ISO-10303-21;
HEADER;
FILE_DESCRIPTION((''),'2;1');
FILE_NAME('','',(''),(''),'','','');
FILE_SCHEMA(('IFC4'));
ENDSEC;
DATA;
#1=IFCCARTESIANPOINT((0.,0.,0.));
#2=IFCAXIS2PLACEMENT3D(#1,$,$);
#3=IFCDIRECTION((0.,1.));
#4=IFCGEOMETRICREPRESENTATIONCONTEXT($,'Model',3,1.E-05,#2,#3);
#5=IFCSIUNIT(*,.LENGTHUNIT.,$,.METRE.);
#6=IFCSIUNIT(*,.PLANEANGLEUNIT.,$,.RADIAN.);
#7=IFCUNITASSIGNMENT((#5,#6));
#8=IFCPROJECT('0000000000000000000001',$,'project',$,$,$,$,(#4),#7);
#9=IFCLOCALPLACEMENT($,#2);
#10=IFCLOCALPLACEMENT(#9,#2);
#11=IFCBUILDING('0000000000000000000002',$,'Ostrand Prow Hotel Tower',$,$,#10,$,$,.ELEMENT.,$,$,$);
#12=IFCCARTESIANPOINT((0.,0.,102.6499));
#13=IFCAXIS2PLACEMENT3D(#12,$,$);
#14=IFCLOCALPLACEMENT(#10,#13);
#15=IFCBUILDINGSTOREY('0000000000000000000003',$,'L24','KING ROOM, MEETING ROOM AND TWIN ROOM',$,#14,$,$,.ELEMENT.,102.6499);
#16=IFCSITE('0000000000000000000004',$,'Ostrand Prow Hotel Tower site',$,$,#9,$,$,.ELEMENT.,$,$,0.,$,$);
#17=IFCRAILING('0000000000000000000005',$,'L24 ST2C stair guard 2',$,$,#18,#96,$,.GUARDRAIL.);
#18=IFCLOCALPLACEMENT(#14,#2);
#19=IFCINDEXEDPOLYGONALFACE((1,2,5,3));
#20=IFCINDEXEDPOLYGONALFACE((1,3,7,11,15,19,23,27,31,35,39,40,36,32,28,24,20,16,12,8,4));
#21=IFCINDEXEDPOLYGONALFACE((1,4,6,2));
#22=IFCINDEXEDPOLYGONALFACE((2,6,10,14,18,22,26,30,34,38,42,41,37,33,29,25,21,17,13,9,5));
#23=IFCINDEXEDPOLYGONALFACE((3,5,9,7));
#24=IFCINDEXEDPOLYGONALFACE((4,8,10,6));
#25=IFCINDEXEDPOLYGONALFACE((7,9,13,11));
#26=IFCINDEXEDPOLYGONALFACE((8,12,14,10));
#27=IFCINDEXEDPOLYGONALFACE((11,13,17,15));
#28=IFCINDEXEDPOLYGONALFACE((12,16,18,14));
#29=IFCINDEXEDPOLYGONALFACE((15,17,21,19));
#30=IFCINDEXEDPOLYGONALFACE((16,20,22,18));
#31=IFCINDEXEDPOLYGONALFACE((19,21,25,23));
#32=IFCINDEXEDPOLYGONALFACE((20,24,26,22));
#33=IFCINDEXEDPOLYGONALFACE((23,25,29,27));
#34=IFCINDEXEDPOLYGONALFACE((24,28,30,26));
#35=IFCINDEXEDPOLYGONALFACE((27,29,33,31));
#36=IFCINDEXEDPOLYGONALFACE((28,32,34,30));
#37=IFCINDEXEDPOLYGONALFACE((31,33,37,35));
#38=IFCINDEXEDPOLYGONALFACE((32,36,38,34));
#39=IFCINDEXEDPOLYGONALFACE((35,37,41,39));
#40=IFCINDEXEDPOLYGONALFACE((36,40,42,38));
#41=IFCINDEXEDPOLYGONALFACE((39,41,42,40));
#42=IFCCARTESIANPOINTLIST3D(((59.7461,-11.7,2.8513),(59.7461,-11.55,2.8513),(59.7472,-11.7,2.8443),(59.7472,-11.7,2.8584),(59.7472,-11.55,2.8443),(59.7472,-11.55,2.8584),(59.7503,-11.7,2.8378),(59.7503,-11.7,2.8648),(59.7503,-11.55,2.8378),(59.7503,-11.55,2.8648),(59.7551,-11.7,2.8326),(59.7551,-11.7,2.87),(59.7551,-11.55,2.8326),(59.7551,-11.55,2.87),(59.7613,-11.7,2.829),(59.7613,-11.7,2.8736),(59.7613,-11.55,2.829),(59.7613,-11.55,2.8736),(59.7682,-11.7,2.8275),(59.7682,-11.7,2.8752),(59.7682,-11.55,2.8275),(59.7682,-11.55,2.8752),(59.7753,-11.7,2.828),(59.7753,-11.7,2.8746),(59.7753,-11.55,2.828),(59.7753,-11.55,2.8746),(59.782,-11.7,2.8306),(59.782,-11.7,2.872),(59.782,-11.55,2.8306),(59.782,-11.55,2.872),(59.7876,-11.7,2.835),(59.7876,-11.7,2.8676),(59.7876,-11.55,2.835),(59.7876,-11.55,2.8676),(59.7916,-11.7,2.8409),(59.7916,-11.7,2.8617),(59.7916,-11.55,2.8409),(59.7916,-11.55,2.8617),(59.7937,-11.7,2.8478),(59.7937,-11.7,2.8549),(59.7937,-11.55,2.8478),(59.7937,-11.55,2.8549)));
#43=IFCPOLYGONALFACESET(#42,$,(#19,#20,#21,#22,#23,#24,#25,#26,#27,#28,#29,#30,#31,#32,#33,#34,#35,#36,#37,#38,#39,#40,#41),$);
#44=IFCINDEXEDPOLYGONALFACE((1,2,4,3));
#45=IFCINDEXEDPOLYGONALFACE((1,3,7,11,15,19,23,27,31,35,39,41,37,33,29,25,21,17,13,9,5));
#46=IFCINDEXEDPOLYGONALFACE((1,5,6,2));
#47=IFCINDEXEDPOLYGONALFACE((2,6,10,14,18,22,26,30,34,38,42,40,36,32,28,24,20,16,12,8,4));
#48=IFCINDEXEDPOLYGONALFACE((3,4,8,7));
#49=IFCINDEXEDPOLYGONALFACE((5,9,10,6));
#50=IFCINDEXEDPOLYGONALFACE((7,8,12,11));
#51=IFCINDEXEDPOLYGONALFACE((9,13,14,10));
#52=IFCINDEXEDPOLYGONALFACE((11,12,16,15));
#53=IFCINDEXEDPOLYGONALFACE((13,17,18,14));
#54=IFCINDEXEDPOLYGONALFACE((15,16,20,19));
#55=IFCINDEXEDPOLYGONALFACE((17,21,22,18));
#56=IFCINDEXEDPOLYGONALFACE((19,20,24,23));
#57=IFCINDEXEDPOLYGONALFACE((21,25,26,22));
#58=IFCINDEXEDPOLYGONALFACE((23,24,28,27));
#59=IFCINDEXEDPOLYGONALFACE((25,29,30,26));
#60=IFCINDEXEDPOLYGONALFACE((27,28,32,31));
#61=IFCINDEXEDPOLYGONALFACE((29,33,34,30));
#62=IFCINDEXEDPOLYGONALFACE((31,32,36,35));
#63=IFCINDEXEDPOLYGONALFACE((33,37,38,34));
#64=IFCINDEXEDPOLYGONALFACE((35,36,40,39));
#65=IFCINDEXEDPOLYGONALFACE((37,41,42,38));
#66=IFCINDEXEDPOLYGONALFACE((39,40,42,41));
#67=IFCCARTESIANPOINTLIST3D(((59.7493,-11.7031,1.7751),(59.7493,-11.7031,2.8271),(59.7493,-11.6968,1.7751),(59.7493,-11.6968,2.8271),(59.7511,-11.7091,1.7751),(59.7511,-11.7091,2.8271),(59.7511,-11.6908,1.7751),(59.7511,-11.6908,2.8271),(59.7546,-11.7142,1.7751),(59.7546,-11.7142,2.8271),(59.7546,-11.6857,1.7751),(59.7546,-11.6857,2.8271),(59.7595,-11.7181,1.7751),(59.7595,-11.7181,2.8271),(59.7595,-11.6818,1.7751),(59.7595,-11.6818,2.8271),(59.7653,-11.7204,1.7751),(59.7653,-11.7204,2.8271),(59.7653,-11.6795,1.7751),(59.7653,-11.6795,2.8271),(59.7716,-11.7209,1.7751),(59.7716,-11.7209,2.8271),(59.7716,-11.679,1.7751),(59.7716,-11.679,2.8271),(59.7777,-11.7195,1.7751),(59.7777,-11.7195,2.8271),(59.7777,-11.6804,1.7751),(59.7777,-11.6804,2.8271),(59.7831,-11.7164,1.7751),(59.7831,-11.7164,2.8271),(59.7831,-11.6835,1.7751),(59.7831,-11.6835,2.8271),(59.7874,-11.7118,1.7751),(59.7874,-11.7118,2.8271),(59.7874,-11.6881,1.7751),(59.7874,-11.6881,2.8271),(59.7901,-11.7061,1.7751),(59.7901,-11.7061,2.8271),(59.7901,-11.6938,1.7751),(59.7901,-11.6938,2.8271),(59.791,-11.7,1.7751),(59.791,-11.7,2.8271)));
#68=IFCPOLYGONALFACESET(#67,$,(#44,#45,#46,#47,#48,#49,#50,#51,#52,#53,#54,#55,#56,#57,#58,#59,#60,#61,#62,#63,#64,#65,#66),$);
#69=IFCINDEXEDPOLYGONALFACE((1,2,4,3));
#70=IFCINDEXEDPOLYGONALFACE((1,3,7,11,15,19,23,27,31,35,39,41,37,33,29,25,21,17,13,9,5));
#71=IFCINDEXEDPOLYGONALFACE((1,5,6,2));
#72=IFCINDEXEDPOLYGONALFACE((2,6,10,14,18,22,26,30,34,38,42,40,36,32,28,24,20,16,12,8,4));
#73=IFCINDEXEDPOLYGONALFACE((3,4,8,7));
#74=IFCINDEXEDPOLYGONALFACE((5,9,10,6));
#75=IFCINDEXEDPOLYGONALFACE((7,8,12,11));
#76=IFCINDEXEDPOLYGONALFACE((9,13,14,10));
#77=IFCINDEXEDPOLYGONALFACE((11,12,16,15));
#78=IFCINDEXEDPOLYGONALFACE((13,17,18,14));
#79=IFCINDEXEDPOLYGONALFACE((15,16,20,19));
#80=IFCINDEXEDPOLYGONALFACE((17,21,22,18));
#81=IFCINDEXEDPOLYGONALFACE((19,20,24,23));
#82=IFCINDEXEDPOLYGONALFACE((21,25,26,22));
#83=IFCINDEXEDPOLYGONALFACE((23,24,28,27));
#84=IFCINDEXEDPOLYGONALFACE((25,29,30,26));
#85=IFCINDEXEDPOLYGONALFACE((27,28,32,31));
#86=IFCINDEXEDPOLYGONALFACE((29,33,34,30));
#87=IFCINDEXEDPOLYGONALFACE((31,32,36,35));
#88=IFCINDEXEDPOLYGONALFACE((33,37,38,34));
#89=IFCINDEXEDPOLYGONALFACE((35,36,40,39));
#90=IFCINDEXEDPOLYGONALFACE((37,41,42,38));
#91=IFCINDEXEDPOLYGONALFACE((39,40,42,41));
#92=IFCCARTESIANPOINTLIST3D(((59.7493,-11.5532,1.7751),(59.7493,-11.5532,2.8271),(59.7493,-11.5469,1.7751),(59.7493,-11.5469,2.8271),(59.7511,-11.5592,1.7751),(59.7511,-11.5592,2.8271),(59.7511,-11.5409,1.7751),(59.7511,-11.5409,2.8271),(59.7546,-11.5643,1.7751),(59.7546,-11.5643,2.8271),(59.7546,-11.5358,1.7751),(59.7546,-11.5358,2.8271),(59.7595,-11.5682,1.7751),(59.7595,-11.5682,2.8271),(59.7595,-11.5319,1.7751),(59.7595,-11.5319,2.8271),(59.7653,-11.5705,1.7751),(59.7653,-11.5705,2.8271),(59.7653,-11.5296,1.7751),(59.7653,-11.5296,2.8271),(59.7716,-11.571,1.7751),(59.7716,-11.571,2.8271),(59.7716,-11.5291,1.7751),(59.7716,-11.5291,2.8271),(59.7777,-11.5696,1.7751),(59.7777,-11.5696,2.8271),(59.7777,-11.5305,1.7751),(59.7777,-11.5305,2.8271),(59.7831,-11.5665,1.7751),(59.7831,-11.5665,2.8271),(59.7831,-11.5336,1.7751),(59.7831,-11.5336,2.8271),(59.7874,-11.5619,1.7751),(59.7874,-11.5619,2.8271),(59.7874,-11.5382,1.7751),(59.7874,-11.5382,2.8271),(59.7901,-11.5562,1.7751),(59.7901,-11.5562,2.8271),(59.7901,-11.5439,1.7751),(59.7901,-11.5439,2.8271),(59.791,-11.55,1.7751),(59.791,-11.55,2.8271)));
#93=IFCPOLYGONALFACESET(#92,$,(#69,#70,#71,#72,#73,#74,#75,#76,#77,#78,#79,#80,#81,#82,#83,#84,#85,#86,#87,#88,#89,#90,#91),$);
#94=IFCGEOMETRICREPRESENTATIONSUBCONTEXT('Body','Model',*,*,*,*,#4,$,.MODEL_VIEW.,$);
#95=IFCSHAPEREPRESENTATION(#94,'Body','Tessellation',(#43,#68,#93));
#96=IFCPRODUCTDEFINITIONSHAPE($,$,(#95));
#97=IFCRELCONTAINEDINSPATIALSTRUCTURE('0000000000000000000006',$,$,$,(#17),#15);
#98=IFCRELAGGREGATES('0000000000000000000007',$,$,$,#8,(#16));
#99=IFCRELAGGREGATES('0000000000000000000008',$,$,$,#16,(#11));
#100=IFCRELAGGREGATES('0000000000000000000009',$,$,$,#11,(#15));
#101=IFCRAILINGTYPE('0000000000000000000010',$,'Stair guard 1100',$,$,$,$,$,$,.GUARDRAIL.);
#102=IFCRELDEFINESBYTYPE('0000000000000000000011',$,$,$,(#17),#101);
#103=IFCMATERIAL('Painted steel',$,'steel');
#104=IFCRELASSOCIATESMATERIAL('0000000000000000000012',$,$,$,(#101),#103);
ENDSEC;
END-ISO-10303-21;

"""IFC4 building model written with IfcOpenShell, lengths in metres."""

from ifc_helpers import new_model, si_unit, direction, frame, origin, origin_2d, place, context, subcontext, project, spatial, circle, extrude, material, type_object, element, save


model = new_model("IFC4")

# Units and contexts
model_context = context("Model", 3, precision=1e-05, world=origin(), true_north=direction((0.0, 1.0)))
body_context = subcontext(model_context, "Body", "Model", "MODEL_VIEW")
ifc_project = project(units=[si_unit("LENGTHUNIT", "METRE"), si_unit("PLANEANGLEUNIT", "RADIAN")], contexts=[model_context])

# Site, building, storey
site_placement = place(None, origin())
site = spatial("IfcSite", under=ifc_project, at=site_placement, Name="Ostrand Prow Hotel Tower site", CompositionType="ELEMENT", RefElevation=0.0)
building_placement = place(site_placement, origin())
building = spatial("IfcBuilding", under=site, at=building_placement, Name="Ostrand Prow Hotel Tower", CompositionType="ELEMENT")
storey_placement = place(building_placement, frame((0.0, 0.0, 102.6499)))
storey = spatial("IfcBuildingStorey", under=building, at=storey_placement, Name="L24", Description="KING ROOM, MEETING ROOM AND TWIN ROOM", CompositionType="ELEMENT", Elevation=102.6499)

# Railing
ifc_material_1 = material(Name="Painted steel", Category="steel")
railing_type_1 = type_object("IfcRailingType", Name="Stair guard 1100", PredefinedType="GUARDRAIL", material=ifc_material_1)
railing_1_placement = place(storey_placement, frame((59.77, -11.7, 1.7751)))
element("IfcRailing", 1, at=railing_1_placement, inside=storey, type_object=railing_type_1, Name="L24 ST2C stair guard 2", PredefinedType="GUARDRAIL", context=body_context, shape_type="SweptSolid", body=[
    extrude(circle(Radius=0.0239, at=origin_2d()), frame((0.0, 0.0, 1.0762), z_axis=(0.0, 1.0, 0.0), x_axis=(-1.0, 0.0, 0.0)), (0.0, 0.0, 1.0), 0.1499),
    extrude(circle(Radius=0.021, at=origin_2d()), origin(), (0.0, 0.0, 1.0), 1.052),
    extrude(circle(Radius=0.021, at=origin_2d()), frame((0.0, 0.1499, 0.0)), (0.0, 0.0, 1.0), 1.052),
])

save(model, "model.ifc")
